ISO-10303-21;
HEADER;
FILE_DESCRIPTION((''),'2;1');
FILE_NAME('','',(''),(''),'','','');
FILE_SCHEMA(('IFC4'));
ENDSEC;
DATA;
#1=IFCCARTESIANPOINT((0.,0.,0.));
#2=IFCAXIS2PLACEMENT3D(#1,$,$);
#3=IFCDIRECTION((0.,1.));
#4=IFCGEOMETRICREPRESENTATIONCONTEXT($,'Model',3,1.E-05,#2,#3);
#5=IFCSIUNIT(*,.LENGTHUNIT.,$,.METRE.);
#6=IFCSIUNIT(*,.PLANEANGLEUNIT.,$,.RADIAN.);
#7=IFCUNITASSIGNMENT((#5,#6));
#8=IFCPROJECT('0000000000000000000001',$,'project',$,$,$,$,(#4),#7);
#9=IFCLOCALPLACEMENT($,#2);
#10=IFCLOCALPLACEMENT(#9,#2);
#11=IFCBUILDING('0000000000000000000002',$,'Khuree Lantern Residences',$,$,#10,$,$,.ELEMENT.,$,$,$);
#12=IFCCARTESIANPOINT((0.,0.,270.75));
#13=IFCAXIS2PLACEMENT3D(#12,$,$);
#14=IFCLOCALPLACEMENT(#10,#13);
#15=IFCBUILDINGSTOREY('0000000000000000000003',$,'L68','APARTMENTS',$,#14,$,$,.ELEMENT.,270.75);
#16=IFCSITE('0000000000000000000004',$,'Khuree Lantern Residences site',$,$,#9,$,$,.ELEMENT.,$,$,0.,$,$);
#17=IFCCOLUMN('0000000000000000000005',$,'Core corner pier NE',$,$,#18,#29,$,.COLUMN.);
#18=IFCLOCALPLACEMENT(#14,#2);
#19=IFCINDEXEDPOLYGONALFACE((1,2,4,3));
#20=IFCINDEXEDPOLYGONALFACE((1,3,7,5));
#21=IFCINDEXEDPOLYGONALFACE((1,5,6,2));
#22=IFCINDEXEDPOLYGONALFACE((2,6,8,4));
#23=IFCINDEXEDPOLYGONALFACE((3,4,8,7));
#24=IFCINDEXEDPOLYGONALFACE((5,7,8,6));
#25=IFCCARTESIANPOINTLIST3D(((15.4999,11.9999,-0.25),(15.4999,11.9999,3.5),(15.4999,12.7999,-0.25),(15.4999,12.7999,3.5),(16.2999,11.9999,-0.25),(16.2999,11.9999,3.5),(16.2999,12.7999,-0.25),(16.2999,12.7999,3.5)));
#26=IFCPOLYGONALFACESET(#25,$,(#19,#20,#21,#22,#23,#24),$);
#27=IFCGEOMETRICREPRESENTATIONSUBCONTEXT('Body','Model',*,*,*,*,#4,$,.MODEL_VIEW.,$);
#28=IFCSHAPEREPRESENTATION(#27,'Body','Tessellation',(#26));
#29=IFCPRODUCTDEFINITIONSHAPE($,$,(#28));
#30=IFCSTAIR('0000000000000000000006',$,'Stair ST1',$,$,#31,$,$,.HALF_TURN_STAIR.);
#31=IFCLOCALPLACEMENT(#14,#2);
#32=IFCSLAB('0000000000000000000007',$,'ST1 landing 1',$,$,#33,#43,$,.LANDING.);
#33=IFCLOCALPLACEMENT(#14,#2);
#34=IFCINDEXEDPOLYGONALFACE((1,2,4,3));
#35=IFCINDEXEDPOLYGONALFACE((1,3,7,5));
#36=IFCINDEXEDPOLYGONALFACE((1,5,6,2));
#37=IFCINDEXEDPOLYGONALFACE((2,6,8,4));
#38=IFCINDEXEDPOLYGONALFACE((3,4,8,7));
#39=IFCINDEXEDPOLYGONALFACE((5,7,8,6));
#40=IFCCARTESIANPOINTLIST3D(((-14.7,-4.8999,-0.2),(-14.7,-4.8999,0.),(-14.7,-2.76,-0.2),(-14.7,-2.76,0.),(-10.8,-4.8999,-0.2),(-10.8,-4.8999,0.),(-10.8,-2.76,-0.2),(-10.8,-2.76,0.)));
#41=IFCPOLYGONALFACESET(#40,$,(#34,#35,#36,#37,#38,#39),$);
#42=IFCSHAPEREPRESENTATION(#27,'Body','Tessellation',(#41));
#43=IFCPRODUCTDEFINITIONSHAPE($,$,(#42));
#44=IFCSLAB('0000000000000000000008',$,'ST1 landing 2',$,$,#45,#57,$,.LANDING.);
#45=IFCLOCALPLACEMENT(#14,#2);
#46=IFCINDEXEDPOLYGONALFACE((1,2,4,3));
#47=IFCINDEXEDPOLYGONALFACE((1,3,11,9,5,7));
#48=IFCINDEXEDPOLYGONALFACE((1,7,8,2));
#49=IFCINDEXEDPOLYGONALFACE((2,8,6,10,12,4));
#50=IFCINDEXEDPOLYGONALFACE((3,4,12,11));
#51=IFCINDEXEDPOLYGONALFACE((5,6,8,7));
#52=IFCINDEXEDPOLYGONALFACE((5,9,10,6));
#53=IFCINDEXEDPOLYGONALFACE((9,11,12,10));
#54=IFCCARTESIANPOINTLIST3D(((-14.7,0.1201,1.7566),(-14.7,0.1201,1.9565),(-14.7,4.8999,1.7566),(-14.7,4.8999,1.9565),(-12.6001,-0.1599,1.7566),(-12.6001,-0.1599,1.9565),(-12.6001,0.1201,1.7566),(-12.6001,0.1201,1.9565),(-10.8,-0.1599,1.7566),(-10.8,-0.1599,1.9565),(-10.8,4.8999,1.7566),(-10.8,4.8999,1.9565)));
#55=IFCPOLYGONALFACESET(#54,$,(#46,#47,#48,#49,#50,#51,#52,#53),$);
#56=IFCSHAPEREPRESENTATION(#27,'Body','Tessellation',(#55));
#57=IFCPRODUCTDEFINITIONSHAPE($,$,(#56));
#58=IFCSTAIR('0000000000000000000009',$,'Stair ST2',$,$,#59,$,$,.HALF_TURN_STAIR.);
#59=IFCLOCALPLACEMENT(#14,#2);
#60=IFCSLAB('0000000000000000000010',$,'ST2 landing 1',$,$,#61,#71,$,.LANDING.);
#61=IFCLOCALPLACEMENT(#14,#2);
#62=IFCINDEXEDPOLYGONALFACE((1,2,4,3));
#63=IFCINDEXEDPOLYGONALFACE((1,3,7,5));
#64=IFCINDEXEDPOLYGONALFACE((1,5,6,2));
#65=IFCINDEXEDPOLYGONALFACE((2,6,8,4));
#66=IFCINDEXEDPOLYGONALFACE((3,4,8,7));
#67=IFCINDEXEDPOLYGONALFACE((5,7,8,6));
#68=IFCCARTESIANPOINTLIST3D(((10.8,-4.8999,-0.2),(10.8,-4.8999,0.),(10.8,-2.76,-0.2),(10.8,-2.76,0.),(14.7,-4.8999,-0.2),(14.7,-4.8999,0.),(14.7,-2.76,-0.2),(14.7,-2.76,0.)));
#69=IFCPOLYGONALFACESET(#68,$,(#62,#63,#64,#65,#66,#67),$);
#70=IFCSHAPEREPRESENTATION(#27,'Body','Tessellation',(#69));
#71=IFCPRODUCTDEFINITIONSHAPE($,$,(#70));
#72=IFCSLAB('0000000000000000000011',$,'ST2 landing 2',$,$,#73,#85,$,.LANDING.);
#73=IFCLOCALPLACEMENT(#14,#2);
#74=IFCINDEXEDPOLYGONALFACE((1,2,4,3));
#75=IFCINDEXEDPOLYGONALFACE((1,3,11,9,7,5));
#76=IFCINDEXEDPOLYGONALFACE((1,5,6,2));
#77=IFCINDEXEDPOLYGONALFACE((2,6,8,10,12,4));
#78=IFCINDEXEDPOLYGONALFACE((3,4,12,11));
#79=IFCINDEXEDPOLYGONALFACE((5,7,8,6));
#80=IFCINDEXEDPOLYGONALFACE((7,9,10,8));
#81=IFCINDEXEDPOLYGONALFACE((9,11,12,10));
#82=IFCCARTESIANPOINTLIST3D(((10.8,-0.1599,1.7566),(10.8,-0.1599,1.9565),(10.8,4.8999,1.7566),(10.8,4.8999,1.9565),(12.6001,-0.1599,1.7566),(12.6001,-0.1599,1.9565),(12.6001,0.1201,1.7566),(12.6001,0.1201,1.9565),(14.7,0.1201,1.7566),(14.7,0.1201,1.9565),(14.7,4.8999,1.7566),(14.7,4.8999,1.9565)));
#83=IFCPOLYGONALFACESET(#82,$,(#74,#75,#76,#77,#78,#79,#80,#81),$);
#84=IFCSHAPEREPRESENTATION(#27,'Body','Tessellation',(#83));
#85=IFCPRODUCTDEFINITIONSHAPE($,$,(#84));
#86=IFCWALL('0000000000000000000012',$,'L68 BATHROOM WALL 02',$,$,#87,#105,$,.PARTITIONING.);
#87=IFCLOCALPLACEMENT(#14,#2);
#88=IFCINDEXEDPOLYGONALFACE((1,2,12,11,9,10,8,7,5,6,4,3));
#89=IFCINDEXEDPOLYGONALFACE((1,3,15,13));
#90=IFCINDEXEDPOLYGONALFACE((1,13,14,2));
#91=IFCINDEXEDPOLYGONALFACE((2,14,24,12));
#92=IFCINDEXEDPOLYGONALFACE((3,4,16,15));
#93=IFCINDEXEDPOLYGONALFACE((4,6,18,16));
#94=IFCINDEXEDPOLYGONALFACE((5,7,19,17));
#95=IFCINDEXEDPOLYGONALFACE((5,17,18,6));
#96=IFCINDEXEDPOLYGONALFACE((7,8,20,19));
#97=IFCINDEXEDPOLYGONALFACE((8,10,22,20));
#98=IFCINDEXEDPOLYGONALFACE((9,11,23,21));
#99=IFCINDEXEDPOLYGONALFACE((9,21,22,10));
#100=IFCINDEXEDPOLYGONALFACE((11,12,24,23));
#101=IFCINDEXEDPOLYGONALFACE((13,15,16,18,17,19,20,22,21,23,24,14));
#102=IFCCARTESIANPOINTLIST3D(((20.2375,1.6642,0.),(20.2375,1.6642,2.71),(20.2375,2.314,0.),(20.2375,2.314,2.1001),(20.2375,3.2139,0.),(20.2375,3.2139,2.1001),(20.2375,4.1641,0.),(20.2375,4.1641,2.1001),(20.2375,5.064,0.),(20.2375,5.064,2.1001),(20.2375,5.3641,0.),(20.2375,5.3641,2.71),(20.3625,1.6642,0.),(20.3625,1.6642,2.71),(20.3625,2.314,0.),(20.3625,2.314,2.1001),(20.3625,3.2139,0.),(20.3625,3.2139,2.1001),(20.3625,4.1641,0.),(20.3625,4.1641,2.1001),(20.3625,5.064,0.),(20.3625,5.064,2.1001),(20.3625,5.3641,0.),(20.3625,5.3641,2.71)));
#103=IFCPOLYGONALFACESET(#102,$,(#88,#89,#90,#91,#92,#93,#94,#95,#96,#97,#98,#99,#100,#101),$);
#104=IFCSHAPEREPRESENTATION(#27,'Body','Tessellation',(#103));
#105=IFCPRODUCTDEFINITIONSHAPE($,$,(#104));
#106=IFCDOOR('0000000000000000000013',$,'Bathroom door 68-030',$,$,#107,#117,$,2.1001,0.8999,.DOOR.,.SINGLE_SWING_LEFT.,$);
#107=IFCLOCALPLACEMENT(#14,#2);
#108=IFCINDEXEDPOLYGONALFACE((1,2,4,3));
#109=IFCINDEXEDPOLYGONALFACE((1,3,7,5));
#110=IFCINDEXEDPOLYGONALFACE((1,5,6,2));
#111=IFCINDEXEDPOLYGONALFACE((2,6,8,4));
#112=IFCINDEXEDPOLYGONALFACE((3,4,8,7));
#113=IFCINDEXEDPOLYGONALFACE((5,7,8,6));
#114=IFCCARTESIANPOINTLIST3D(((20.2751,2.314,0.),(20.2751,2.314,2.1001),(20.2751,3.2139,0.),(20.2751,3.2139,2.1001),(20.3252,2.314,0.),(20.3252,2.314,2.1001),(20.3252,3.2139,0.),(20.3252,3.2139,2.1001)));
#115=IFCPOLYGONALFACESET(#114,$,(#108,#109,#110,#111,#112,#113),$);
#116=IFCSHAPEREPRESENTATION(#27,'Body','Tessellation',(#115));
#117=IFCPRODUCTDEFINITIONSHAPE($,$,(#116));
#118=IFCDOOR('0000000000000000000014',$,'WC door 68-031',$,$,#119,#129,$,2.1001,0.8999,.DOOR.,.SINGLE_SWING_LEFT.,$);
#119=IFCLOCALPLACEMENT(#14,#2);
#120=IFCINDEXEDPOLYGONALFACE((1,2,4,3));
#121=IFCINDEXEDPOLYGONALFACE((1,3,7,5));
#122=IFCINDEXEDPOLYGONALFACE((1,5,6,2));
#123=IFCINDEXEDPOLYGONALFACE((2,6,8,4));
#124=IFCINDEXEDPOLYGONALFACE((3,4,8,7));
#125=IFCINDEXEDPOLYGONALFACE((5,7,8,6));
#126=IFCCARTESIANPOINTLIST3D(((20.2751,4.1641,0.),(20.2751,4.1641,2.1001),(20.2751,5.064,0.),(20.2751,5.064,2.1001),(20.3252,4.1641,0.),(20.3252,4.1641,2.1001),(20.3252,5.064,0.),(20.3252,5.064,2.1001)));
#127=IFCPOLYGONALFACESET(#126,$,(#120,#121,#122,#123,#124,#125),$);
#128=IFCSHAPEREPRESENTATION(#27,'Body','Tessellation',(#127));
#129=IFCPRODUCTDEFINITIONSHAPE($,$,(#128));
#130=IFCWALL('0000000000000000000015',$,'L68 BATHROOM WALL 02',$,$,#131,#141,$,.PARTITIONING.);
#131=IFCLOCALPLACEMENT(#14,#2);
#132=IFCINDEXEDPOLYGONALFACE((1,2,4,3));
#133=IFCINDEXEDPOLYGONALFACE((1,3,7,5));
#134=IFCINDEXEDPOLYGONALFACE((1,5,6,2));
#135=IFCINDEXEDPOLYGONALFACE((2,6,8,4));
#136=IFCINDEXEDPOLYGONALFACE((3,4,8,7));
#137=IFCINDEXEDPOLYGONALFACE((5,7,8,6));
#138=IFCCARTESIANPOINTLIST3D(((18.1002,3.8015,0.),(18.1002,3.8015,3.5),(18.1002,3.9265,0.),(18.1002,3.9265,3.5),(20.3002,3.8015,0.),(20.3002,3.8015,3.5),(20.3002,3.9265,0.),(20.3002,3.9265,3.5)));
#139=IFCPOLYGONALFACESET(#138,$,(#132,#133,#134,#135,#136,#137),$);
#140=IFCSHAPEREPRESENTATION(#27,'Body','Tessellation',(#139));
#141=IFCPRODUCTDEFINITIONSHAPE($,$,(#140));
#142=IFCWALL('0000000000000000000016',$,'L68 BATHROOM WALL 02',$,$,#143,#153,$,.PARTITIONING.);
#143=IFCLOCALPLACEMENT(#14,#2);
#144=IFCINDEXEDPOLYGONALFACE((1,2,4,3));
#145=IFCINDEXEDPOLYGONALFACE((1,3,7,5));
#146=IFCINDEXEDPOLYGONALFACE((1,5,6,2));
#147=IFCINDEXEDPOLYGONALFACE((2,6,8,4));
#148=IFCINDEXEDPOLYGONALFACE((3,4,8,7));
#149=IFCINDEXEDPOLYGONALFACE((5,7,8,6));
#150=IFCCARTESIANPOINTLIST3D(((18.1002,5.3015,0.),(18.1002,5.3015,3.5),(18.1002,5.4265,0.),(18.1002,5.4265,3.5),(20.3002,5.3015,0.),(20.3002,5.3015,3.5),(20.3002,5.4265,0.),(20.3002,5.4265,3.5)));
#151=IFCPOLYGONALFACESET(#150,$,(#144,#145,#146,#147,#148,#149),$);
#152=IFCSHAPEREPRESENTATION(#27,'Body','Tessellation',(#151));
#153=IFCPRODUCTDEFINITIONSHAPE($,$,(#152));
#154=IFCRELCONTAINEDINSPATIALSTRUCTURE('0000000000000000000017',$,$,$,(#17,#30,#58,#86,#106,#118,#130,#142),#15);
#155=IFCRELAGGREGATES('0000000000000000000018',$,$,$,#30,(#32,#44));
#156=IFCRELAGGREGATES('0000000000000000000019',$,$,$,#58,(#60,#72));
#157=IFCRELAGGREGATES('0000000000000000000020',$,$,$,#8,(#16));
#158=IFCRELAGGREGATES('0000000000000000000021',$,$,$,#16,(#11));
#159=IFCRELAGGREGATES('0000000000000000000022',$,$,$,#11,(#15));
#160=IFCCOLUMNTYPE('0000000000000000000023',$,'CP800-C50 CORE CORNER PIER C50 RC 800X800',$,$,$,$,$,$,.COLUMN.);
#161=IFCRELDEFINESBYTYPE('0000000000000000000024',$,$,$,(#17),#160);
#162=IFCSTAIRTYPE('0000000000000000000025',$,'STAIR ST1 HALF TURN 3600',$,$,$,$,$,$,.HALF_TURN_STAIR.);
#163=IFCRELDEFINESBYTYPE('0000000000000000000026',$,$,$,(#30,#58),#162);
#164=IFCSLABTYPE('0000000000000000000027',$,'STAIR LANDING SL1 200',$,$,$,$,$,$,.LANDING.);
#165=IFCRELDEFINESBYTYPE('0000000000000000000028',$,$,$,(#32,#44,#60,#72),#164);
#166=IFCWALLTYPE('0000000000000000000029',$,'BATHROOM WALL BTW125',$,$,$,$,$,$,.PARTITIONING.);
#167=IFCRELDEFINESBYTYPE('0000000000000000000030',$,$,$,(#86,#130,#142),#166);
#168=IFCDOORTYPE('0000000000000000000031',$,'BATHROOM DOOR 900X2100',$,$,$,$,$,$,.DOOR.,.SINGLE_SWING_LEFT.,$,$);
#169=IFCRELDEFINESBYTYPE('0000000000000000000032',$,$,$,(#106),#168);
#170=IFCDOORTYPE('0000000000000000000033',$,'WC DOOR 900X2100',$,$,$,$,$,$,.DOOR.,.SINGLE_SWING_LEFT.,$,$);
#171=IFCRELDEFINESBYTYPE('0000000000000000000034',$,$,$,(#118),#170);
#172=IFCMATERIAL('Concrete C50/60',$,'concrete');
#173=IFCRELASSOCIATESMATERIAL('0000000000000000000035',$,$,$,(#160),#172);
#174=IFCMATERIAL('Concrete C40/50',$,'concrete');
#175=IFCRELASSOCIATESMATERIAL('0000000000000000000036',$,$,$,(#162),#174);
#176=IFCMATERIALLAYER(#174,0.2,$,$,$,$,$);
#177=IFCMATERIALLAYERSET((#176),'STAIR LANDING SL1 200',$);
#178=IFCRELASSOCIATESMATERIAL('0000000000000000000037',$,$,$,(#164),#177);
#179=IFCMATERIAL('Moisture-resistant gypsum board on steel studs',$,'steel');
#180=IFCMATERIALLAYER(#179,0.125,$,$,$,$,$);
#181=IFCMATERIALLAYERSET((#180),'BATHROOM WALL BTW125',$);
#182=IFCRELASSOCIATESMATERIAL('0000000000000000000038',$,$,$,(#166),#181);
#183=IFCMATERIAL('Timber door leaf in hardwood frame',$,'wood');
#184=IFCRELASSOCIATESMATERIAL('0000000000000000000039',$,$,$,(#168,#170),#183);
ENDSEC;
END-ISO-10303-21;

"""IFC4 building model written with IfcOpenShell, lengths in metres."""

from ifc_helpers import new_model, si_unit, direction, frame, frame_2d, origin, origin_2d, place, context, subcontext, project, spatial, polyline, rectangle, outline, extrude, material, layer, layer_set, material_profile, profile_set, type_object, element, fill, aggregate, save


model = new_model("IFC4")

# Units and contexts
model_context = context("Model", 3, precision=1e-05, world=origin(), true_north=direction((0.0, 1.0)))
body_context = subcontext(model_context, "Body", "Model", "MODEL_VIEW")
ifc_project = project(units=[si_unit("LENGTHUNIT", "METRE"), si_unit("PLANEANGLEUNIT", "RADIAN")], contexts=[model_context])

# Site, building, storey
site_placement = place(None, origin())
site = spatial("IfcSite", under=ifc_project, at=site_placement, Name="Khuree Lantern Residences site", CompositionType="ELEMENT", RefElevation=0.0)
building_placement = place(site_placement, origin())
building = spatial("IfcBuilding", under=site, at=building_placement, Name="Khuree Lantern Residences", CompositionType="ELEMENT")
storey_placement = place(building_placement, frame((0.0, 0.0, 270.75)))
storey = spatial("IfcBuildingStorey", under=building, at=storey_placement, Name="L68", Description="APARTMENTS", CompositionType="ELEMENT", Elevation=270.75)

# Column
ifc_material_1 = material(Name="Concrete C50/60", Category="concrete")
ifc_material_profile = material_profile(ifc_material_1, rectangle(XDim=0.8, YDim=0.8, at=origin_2d()), Name="RC 800X800")
ifc_profile_set = profile_set([ifc_material_profile], Name="Concrete C50/60")
column_type = type_object("IfcColumnType", Name="CP800-C50 CORE CORNER PIER C50 RC 800X800", PredefinedType="COLUMN", material=ifc_profile_set)
column_placement = place(storey_placement, frame((15.8999, 12.3999, -0.25), z_axis=(0.0, 0.0, 1.0), x_axis=(1.0, 0.0, 0.0)))
element("IfcColumn", 1, at=column_placement, inside=storey, type_object=column_type, Name="Core corner pier NE", PredefinedType="COLUMN", context=body_context, shape_type="SweptSolid", body=[
    extrude(rectangle(XDim=0.8, YDim=0.8, at=origin_2d()), origin(), (0.0, 0.0, 1.0), 3.75),
])

# Stairs, slabs
ifc_material_2 = material(Name="Concrete C40/50", Category="concrete")
stair_type = type_object("IfcStairType", Name="STAIR ST1 HALF TURN 3600", PredefinedType="HALF_TURN_STAIR", material=ifc_material_2)
stair_1_placement = place(storey_placement, origin())
stair_1 = element("IfcStair", 2, at=stair_1_placement, inside=storey, type_object=stair_type, Name="Stair ST1", PredefinedType="HALF_TURN_STAIR")
ifc_layer_1 = layer(ifc_material_2, 0.2)
ifc_layer_set_1 = layer_set([ifc_layer_1], Name="STAIR LANDING SL1 200")
slab_type = type_object("IfcSlabType", Name="STAIR LANDING SL1 200", PredefinedType="LANDING", material=ifc_layer_set_1)
slab_1_placement = place(storey_placement, frame((0.0, 0.0, -0.2)))
slab_1 = element("IfcSlab", 3, at=slab_1_placement, type_object=slab_type, Name="ST1 landing 1", PredefinedType="LANDING", context=body_context, shape_type="SweptSolid", body=[
    extrude(outline(polyline([(-14.7, -4.8999), (-10.8, -4.8999), (-10.8, -2.76), (-14.7, -2.76), (-14.7, -4.8999)])), origin(), (0.0, 0.0, 1.0), 0.2),
])
slab_2_placement = place(storey_placement, frame((0.0, 0.0, 1.7566)))
slab_2 = element("IfcSlab", 4, at=slab_2_placement, type_object=slab_type, Name="ST1 landing 2", PredefinedType="LANDING", context=body_context, shape_type="SweptSolid", body=[
    extrude(outline(polyline([(-14.7, 0.1201), (-14.7, 4.8999), (-10.8, 4.8999), (-10.8, -0.1599), (-12.6001, -0.1599), (-12.6001, 0.1201), (-14.7, 0.1201)])), origin(), (0.0, 0.0, 1.0), 0.2),
])
aggregate(stair_1, [slab_1, slab_2])
stair_2_placement = place(storey_placement, origin())
stair_2 = element("IfcStair", 5, at=stair_2_placement, inside=storey, type_object=stair_type, Name="Stair ST2", PredefinedType="HALF_TURN_STAIR")
slab_3_placement = place(storey_placement, frame((0.0, 0.0, -0.2)))
slab_3 = element("IfcSlab", 6, at=slab_3_placement, type_object=slab_type, Name="ST2 landing 1", PredefinedType="LANDING", context=body_context, shape_type="SweptSolid", body=[
    extrude(outline(polyline([(10.8, -4.8999), (14.7, -4.8999), (14.7, -2.76), (10.8, -2.76), (10.8, -4.8999)])), origin(), (0.0, 0.0, 1.0), 0.2),
])
slab_4_placement = place(storey_placement, frame((0.0, 0.0, 1.7566)))
slab_4 = element("IfcSlab", 7, at=slab_4_placement, type_object=slab_type, Name="ST2 landing 2", PredefinedType="LANDING", context=body_context, shape_type="SweptSolid", body=[
    extrude(outline(polyline([(14.7, 4.8999), (14.7, 0.1201), (12.6001, 0.1201), (12.6001, -0.1599), (10.8, -0.1599), (10.8, 4.8999), (14.7, 4.8999)])), origin(), (0.0, 0.0, 1.0), 0.2),
])

# Wall, openings, doors
ifc_material_3 = material(Name="Moisture-resistant gypsum board on steel studs", Category="steel")
ifc_layer_2 = layer(ifc_material_3, 0.125)
ifc_layer_set_2 = layer_set([ifc_layer_2], Name="BATHROOM WALL BTW125")
wall_type_1 = type_object("IfcWallType", Name="BATHROOM WALL BTW125", PredefinedType="PARTITIONING", material=ifc_layer_set_2)
wall_1_placement = place(storey_placement, frame((20.3, 1.6641, 0.0), z_axis=(0.0, 0.0, 1.0), x_axis=(0.0, 1.0, 0.0)))
wall_1 = element("IfcWall", 8, at=wall_1_placement, inside=storey, type_object=wall_type_1, Name="L68 BATHROOM WALL 02", PredefinedType="PARTITIONING", context=body_context, shape_type="SweptSolid", body=[
    extrude(rectangle(XDim=3.7, YDim=0.125, at=frame_2d((1.8501, 0.0))), origin(), (0.0, 0.0, 1.0), 2.71),
])
opening_1_placement = place(wall_1_placement, frame((0.6499, 0.0, 0.0)))
opening_1 = element("IfcOpeningElement", 9, at=opening_1_placement, cuts=wall_1, PredefinedType="OPENING", context=body_context, shape_type="SweptSolid", body=[
    extrude(rectangle(XDim=0.8999, YDim=2.1001, at=frame_2d((0.45, 1.05))), frame((0.0, 0.0725, 0.0), z_axis=(0.0, -1.0, 0.0), x_axis=(1.0, 0.0, 0.0)), (0.0, 0.0, 1.0), 0.145),
])
opening_2_placement = place(wall_1_placement, frame((2.5, 0.0, 0.0)))
opening_2 = element("IfcOpeningElement", 10, at=opening_2_placement, cuts=wall_1, PredefinedType="OPENING", context=body_context, shape_type="SweptSolid", body=[
    extrude(rectangle(XDim=0.8999, YDim=2.1001, at=frame_2d((0.45, 1.05))), frame((0.0, 0.0725, 0.0), z_axis=(0.0, -1.0, 0.0), x_axis=(1.0, 0.0, 0.0)), (0.0, 0.0, 1.0), 0.145),
])
ifc_material_4 = material(Name="Timber door leaf in hardwood frame", Category="wood")
door_type_1 = type_object("IfcDoorType", Name="BATHROOM DOOR 900X2100", OperationType="SINGLE_SWING_LEFT", PredefinedType="DOOR", material=ifc_material_4)
door_1_placement = place(opening_1_placement, origin())
door_1 = element("IfcDoor", 11, at=door_1_placement, inside=storey, type_object=door_type_1, Name="Bathroom door 68-030", OperationType="SINGLE_SWING_LEFT", OverallHeight=2.1001, OverallWidth=0.8999, PredefinedType="DOOR", context=body_context, shape_type="SweptSolid", body=[
    extrude(rectangle(XDim=0.8999, YDim=2.1001, at=frame_2d((0.45, 1.05))), frame((0.0, 0.0249, 0.0), z_axis=(0.0, -1.0, 0.0), x_axis=(1.0, 0.0, 0.0)), (0.0, 0.0, 1.0), 0.05),
])
fill(opening_1, door_1)
door_type_2 = type_object("IfcDoorType", Name="WC DOOR 900X2100", OperationType="SINGLE_SWING_LEFT", PredefinedType="DOOR", material=ifc_material_4)
door_2_placement = place(opening_2_placement, origin())
door_2 = element("IfcDoor", 12, at=door_2_placement, inside=storey, type_object=door_type_2, Name="WC door 68-031", OperationType="SINGLE_SWING_LEFT", OverallHeight=2.1001, OverallWidth=0.8999, PredefinedType="DOOR", context=body_context, shape_type="SweptSolid", body=[
    extrude(rectangle(XDim=0.8999, YDim=2.1001, at=frame_2d((0.45, 1.05))), frame((0.0, 0.0249, 0.0), z_axis=(0.0, -1.0, 0.0), x_axis=(1.0, 0.0, 0.0)), (0.0, 0.0, 1.0), 0.05),
])
fill(opening_2, door_2)

# Walls
for number, where, z_axis, x_axis, name in (
    (13, (18.1001, 3.864, 0.0), (0.0, 0.0, 1.0), (1.0, 0.0, 0.0), "L68 BATHROOM WALL 02"),
    (14, (18.1001, 5.364, 0.0), (0.0, 0.0, 1.0), (1.0, 0.0, 0.0), "L68 BATHROOM WALL 02"),
):
    element("IfcWall", number, at=place(storey_placement, frame(where, z_axis=z_axis, x_axis=x_axis)), inside=storey, type_object=wall_type_1, Name=name, PredefinedType="PARTITIONING", context=body_context, shape_type="SweptSolid", body=[
        extrude(rectangle(XDim=2.2, YDim=0.125, at=frame_2d((1.1001, 0.0))), origin(), (0.0, 0.0, 1.0), 3.5),
    ])

aggregate(stair_2, [slab_3, slab_4])

save(model, "model.ifc")
